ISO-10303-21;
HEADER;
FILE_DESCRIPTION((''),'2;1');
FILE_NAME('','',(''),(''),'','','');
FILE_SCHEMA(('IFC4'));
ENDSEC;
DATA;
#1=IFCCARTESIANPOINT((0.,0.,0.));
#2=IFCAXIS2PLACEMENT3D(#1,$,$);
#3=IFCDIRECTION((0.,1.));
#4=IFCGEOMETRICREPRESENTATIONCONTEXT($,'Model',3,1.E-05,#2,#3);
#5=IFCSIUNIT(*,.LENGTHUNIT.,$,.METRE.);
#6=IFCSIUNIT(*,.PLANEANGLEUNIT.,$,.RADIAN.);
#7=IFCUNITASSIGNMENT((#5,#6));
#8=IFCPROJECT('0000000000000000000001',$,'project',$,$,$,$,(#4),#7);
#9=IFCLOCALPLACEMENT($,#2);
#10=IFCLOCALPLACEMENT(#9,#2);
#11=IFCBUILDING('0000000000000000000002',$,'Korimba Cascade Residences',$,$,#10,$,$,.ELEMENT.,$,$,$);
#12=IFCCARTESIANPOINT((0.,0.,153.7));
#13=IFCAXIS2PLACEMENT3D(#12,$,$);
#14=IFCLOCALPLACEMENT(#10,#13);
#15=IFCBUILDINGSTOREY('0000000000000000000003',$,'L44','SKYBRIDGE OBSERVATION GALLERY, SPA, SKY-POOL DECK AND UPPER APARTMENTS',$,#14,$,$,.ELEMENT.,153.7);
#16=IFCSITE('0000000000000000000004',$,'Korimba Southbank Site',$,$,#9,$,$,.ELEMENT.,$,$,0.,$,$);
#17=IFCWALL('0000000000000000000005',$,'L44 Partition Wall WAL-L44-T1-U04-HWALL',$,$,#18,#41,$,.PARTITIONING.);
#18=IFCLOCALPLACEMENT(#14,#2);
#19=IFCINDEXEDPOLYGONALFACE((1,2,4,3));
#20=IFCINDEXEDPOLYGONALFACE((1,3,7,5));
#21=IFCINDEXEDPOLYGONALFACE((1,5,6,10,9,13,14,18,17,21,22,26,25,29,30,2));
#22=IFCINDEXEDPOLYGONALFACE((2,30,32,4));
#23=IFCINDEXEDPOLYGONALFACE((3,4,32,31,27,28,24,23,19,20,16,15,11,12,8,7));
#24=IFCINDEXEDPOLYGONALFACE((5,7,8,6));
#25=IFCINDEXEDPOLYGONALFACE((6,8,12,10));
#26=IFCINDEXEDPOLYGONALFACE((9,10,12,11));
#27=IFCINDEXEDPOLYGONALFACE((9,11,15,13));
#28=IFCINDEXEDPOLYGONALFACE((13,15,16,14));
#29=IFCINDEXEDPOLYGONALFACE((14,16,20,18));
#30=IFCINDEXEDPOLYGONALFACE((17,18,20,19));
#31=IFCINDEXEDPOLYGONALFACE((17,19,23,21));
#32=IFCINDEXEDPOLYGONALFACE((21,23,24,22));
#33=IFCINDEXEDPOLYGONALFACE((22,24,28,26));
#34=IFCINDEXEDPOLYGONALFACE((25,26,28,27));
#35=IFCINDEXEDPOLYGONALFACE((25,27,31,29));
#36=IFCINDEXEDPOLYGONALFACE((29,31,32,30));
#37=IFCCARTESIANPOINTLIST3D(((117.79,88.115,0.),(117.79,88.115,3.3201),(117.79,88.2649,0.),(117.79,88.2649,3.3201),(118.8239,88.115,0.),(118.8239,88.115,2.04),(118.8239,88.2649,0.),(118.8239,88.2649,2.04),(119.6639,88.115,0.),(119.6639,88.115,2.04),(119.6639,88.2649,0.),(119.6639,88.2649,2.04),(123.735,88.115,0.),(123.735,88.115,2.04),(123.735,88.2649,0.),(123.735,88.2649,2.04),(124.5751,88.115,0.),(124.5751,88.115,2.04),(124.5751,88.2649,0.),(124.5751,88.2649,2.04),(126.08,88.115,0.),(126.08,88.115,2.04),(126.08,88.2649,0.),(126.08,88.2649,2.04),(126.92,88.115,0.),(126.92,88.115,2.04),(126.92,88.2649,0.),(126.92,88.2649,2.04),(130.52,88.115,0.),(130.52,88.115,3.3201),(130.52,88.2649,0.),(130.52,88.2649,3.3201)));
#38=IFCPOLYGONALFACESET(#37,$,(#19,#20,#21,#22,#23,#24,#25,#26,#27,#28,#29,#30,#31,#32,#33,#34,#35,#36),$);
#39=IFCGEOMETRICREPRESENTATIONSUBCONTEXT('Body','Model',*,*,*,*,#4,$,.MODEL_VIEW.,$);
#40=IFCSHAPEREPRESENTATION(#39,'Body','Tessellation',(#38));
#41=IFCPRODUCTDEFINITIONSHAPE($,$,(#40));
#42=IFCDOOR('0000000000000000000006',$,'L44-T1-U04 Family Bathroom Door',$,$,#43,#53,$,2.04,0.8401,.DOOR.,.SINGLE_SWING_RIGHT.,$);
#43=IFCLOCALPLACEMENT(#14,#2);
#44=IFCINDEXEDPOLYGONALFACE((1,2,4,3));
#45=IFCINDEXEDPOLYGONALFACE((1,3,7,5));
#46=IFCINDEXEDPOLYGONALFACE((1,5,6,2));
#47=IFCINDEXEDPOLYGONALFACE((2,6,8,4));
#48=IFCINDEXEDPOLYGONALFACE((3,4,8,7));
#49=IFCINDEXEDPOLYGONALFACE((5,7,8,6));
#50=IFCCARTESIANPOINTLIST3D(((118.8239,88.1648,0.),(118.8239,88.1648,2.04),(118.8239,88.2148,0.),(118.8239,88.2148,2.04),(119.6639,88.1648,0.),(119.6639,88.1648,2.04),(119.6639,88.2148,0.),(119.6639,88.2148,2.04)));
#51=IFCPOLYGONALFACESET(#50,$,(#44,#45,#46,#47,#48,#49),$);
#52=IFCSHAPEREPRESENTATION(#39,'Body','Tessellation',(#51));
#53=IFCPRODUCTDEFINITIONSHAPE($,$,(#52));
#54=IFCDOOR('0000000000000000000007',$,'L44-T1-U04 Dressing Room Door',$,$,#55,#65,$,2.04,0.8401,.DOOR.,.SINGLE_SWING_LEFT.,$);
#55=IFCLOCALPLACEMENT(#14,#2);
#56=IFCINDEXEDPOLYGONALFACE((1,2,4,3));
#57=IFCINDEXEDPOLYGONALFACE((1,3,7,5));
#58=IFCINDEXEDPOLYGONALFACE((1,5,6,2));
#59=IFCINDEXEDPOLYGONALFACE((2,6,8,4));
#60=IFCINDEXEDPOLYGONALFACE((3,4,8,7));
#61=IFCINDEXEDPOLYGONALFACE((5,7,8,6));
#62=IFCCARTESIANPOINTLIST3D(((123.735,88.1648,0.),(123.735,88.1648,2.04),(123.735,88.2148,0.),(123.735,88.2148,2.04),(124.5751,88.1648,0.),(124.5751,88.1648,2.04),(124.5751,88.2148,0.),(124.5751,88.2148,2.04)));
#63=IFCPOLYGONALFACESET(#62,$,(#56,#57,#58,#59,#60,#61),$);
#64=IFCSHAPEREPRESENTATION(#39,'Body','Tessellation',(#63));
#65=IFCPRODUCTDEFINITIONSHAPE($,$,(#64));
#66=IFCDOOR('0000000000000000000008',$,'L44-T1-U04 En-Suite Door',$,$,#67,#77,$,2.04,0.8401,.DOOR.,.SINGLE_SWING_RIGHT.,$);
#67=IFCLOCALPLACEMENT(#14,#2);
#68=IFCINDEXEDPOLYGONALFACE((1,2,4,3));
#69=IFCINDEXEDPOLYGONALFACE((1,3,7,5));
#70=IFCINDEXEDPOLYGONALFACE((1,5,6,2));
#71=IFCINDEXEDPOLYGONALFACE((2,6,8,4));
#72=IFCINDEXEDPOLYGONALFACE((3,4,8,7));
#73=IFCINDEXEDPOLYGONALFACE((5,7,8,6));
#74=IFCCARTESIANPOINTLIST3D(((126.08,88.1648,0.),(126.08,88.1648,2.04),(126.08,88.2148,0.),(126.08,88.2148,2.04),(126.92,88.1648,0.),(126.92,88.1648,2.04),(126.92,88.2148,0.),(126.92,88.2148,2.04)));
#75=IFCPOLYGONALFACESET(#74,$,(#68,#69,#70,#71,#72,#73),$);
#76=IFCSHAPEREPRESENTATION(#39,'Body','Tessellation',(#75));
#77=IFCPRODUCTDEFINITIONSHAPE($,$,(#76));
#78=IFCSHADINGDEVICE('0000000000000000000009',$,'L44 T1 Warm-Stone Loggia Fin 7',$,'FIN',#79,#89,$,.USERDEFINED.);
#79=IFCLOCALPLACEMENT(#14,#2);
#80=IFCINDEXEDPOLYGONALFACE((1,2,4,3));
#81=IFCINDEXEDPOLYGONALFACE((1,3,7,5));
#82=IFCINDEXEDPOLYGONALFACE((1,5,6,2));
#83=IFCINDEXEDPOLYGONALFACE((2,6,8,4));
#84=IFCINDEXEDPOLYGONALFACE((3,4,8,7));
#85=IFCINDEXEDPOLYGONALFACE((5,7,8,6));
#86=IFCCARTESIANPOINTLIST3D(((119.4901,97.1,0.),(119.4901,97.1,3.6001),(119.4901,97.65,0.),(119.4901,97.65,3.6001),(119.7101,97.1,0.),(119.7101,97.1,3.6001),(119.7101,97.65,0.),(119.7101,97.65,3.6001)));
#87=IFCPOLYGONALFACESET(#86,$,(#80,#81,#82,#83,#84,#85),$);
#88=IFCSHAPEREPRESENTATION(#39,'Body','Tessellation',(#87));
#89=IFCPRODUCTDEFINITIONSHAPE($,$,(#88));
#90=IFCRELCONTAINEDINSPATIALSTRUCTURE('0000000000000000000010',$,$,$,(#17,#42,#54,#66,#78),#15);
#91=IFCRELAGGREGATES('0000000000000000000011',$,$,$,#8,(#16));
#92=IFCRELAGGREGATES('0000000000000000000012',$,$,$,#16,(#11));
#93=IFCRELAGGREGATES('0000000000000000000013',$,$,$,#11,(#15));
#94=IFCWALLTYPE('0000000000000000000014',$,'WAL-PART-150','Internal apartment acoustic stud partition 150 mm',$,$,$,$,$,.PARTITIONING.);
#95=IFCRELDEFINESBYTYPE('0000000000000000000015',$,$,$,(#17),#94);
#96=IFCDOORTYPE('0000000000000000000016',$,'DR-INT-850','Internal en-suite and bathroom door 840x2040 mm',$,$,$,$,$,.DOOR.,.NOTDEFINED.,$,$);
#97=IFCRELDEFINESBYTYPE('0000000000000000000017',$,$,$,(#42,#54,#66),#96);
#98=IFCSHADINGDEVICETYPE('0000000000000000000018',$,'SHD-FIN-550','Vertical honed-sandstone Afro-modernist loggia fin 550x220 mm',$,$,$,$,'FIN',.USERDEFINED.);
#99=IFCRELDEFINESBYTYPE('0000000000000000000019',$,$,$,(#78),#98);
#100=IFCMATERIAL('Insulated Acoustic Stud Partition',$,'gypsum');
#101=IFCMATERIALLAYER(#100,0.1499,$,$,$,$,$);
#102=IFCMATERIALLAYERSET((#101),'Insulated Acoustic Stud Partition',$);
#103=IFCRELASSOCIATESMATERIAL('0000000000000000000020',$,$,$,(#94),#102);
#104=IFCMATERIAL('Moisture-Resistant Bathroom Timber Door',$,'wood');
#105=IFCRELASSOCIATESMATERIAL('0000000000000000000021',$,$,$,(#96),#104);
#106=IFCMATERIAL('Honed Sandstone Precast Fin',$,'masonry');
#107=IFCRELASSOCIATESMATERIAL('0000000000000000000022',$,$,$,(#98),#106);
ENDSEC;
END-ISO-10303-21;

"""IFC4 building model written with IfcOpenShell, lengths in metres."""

from ifc_helpers import new_model, si_unit, direction, frame, frame_2d, origin, origin_2d, place, context, subcontext, project, spatial, rectangle, extrude, material, layer, layer_set, type_object, element, fill, save


model = new_model("IFC4")

# Units and contexts
model_context = context("Model", 3, precision=1e-05, world=origin(), true_north=direction((0.0, 1.0)))
body_context = subcontext(model_context, "Body", "Model", "MODEL_VIEW")
ifc_project = project(units=[si_unit("LENGTHUNIT", "METRE"), si_unit("PLANEANGLEUNIT", "RADIAN")], contexts=[model_context])

# Site, building, storey
site_placement = place(None, origin())
site = spatial("IfcSite", under=ifc_project, at=site_placement, Name="Korimba Southbank Site", CompositionType="ELEMENT", RefElevation=0.0)
building_placement = place(site_placement, origin())
building = spatial("IfcBuilding", under=site, at=building_placement, Name="Korimba Cascade Residences", CompositionType="ELEMENT")
storey_placement = place(building_placement, frame((0.0, 0.0, 153.7)))
storey = spatial("IfcBuildingStorey", under=building, at=storey_placement, Name="L44", Description="SKYBRIDGE OBSERVATION GALLERY, SPA, SKY-POOL DECK AND UPPER APARTMENTS", CompositionType="ELEMENT", Elevation=153.7)

# Shared definitions
ifc_material_1 = material(Name="Insulated Acoustic Stud Partition", Category="gypsum")
ifc_layer = layer(ifc_material_1, 0.1499)
ifc_layer_set = layer_set([ifc_layer], Name="Insulated Acoustic Stud Partition")
wall_type = type_object("IfcWallType", Name="WAL-PART-150", Description="Internal apartment acoustic stud partition 150 mm", PredefinedType="PARTITIONING", material=ifc_layer_set)

# Wall, openings, doors
wall_1_placement = place(storey_placement, frame((117.79, 88.1899, 0.0), z_axis=(0.0, 0.0, 1.0), x_axis=(1.0, 0.0, 0.0)))
wall_1 = element("IfcWall", 1, at=wall_1_placement, inside=storey, type_object=wall_type, Name="L44 Partition Wall WAL-L44-T1-U04-HWALL", PredefinedType="PARTITIONING", context=body_context, shape_type="SweptSolid", body=[
    extrude(rectangle(XDim=12.73, YDim=0.1499, at=frame_2d((6.365, 0.0))), origin(), (0.0, 0.0, 1.0), 3.3201),
])
opening_1_placement = place(wall_1_placement, frame((1.0339, 0.0, 0.0)))
opening_1 = element("IfcOpeningElement", 2, at=opening_1_placement, cuts=wall_1, PredefinedType="OPENING", context=body_context, shape_type="SweptSolid", body=[
    extrude(rectangle(XDim=0.8401, YDim=2.04, at=frame_2d((0.4199, 1.02))), frame((0.0, 0.085, 0.0), z_axis=(0.0, -1.0, 0.0), x_axis=(1.0, 0.0, 0.0)), (0.0, 0.0, 1.0), 0.1699),
])
opening_2_placement = place(wall_1_placement, frame((5.9451, 0.0, 0.0)))
opening_2 = element("IfcOpeningElement", 3, at=opening_2_placement, cuts=wall_1, PredefinedType="OPENING", context=body_context, shape_type="SweptSolid", body=[
    extrude(rectangle(XDim=0.8401, YDim=2.04, at=frame_2d((0.4199, 1.02))), frame((0.0, 0.085, 0.0), z_axis=(0.0, -1.0, 0.0), x_axis=(1.0, 0.0, 0.0)), (0.0, 0.0, 1.0), 0.1699),
])
opening_3_placement = place(wall_1_placement, frame((8.29, 0.0, 0.0)))
opening_3 = element("IfcOpeningElement", 4, at=opening_3_placement, cuts=wall_1, PredefinedType="OPENING", context=body_context, shape_type="SweptSolid", body=[
    extrude(rectangle(XDim=0.8401, YDim=2.04, at=frame_2d((0.4199, 1.02))), frame((0.0, 0.085, 0.0), z_axis=(0.0, -1.0, 0.0), x_axis=(1.0, 0.0, 0.0)), (0.0, 0.0, 1.0), 0.1699),
])
ifc_material_2 = material(Name="Moisture-Resistant Bathroom Timber Door", Category="wood")
door_type = type_object("IfcDoorType", Name="DR-INT-850", Description="Internal en-suite and bathroom door 840x2040 mm", OperationType="NOTDEFINED", PredefinedType="DOOR", material=ifc_material_2)
door_1_placement = place(opening_1_placement, origin())
door_1 = element("IfcDoor", 5, at=door_1_placement, inside=storey, type_object=door_type, Name="L44-T1-U04 Family Bathroom Door", OperationType="SINGLE_SWING_RIGHT", OverallHeight=2.04, OverallWidth=0.8401, PredefinedType="DOOR", context=body_context, shape_type="SweptSolid", body=[
    extrude(rectangle(XDim=0.8401, YDim=2.04, at=frame_2d((0.4199, 1.02))), frame((0.0, 0.0249, 0.0), z_axis=(0.0, -1.0, 0.0), x_axis=(1.0, 0.0, 0.0)), (0.0, 0.0, 1.0), 0.05),
])
fill(opening_1, door_1)
door_2_placement = place(opening_2_placement, origin())
door_2 = element("IfcDoor", 6, at=door_2_placement, inside=storey, type_object=door_type, Name="L44-T1-U04 Dressing Room Door", OperationType="SINGLE_SWING_LEFT", OverallHeight=2.04, OverallWidth=0.8401, PredefinedType="DOOR", context=body_context, shape_type="SweptSolid", body=[
    extrude(rectangle(XDim=0.8401, YDim=2.04, at=frame_2d((0.4199, 1.02))), frame((0.0, 0.0249, 0.0), z_axis=(0.0, -1.0, 0.0), x_axis=(1.0, 0.0, 0.0)), (0.0, 0.0, 1.0), 0.05),
])
fill(opening_2, door_2)
door_3_placement = place(opening_3_placement, origin())
door_3 = element("IfcDoor", 7, at=door_3_placement, inside=storey, type_object=door_type, Name="L44-T1-U04 En-Suite Door", OperationType="SINGLE_SWING_RIGHT", OverallHeight=2.04, OverallWidth=0.8401, PredefinedType="DOOR", context=body_context, shape_type="SweptSolid", body=[
    extrude(rectangle(XDim=0.8401, YDim=2.04, at=frame_2d((0.4199, 1.02))), frame((0.0, 0.0249, 0.0), z_axis=(0.0, -1.0, 0.0), x_axis=(1.0, 0.0, 0.0)), (0.0, 0.0, 1.0), 0.05),
])
fill(opening_3, door_3)

# Shading device
ifc_material_3 = material(Name="Honed Sandstone Precast Fin", Category="masonry")
shading_device_type = type_object("IfcShadingDeviceType", Name="SHD-FIN-550", Description="Vertical honed-sandstone Afro-modernist loggia fin 550x220 mm", ElementType="FIN", PredefinedType="USERDEFINED", material=ifc_material_3)
shading_device_placement = place(storey_placement, frame((119.6001, 97.375, 0.0), z_axis=(0.0, 0.0, 1.0), x_axis=(1.0, 0.0, 0.0)))
element("IfcShadingDevice", 8, at=shading_device_placement, inside=storey, type_object=shading_device_type, Name="L44 T1 Warm-Stone Loggia Fin 7", ObjectType="FIN", PredefinedType="USERDEFINED", context=body_context, shape_type="SweptSolid", body=[
    extrude(rectangle(XDim=0.22, YDim=0.55, at=origin_2d()), origin(), (0.0, 0.0, 1.0), 3.6001),
])

save(model, "model.ifc")
